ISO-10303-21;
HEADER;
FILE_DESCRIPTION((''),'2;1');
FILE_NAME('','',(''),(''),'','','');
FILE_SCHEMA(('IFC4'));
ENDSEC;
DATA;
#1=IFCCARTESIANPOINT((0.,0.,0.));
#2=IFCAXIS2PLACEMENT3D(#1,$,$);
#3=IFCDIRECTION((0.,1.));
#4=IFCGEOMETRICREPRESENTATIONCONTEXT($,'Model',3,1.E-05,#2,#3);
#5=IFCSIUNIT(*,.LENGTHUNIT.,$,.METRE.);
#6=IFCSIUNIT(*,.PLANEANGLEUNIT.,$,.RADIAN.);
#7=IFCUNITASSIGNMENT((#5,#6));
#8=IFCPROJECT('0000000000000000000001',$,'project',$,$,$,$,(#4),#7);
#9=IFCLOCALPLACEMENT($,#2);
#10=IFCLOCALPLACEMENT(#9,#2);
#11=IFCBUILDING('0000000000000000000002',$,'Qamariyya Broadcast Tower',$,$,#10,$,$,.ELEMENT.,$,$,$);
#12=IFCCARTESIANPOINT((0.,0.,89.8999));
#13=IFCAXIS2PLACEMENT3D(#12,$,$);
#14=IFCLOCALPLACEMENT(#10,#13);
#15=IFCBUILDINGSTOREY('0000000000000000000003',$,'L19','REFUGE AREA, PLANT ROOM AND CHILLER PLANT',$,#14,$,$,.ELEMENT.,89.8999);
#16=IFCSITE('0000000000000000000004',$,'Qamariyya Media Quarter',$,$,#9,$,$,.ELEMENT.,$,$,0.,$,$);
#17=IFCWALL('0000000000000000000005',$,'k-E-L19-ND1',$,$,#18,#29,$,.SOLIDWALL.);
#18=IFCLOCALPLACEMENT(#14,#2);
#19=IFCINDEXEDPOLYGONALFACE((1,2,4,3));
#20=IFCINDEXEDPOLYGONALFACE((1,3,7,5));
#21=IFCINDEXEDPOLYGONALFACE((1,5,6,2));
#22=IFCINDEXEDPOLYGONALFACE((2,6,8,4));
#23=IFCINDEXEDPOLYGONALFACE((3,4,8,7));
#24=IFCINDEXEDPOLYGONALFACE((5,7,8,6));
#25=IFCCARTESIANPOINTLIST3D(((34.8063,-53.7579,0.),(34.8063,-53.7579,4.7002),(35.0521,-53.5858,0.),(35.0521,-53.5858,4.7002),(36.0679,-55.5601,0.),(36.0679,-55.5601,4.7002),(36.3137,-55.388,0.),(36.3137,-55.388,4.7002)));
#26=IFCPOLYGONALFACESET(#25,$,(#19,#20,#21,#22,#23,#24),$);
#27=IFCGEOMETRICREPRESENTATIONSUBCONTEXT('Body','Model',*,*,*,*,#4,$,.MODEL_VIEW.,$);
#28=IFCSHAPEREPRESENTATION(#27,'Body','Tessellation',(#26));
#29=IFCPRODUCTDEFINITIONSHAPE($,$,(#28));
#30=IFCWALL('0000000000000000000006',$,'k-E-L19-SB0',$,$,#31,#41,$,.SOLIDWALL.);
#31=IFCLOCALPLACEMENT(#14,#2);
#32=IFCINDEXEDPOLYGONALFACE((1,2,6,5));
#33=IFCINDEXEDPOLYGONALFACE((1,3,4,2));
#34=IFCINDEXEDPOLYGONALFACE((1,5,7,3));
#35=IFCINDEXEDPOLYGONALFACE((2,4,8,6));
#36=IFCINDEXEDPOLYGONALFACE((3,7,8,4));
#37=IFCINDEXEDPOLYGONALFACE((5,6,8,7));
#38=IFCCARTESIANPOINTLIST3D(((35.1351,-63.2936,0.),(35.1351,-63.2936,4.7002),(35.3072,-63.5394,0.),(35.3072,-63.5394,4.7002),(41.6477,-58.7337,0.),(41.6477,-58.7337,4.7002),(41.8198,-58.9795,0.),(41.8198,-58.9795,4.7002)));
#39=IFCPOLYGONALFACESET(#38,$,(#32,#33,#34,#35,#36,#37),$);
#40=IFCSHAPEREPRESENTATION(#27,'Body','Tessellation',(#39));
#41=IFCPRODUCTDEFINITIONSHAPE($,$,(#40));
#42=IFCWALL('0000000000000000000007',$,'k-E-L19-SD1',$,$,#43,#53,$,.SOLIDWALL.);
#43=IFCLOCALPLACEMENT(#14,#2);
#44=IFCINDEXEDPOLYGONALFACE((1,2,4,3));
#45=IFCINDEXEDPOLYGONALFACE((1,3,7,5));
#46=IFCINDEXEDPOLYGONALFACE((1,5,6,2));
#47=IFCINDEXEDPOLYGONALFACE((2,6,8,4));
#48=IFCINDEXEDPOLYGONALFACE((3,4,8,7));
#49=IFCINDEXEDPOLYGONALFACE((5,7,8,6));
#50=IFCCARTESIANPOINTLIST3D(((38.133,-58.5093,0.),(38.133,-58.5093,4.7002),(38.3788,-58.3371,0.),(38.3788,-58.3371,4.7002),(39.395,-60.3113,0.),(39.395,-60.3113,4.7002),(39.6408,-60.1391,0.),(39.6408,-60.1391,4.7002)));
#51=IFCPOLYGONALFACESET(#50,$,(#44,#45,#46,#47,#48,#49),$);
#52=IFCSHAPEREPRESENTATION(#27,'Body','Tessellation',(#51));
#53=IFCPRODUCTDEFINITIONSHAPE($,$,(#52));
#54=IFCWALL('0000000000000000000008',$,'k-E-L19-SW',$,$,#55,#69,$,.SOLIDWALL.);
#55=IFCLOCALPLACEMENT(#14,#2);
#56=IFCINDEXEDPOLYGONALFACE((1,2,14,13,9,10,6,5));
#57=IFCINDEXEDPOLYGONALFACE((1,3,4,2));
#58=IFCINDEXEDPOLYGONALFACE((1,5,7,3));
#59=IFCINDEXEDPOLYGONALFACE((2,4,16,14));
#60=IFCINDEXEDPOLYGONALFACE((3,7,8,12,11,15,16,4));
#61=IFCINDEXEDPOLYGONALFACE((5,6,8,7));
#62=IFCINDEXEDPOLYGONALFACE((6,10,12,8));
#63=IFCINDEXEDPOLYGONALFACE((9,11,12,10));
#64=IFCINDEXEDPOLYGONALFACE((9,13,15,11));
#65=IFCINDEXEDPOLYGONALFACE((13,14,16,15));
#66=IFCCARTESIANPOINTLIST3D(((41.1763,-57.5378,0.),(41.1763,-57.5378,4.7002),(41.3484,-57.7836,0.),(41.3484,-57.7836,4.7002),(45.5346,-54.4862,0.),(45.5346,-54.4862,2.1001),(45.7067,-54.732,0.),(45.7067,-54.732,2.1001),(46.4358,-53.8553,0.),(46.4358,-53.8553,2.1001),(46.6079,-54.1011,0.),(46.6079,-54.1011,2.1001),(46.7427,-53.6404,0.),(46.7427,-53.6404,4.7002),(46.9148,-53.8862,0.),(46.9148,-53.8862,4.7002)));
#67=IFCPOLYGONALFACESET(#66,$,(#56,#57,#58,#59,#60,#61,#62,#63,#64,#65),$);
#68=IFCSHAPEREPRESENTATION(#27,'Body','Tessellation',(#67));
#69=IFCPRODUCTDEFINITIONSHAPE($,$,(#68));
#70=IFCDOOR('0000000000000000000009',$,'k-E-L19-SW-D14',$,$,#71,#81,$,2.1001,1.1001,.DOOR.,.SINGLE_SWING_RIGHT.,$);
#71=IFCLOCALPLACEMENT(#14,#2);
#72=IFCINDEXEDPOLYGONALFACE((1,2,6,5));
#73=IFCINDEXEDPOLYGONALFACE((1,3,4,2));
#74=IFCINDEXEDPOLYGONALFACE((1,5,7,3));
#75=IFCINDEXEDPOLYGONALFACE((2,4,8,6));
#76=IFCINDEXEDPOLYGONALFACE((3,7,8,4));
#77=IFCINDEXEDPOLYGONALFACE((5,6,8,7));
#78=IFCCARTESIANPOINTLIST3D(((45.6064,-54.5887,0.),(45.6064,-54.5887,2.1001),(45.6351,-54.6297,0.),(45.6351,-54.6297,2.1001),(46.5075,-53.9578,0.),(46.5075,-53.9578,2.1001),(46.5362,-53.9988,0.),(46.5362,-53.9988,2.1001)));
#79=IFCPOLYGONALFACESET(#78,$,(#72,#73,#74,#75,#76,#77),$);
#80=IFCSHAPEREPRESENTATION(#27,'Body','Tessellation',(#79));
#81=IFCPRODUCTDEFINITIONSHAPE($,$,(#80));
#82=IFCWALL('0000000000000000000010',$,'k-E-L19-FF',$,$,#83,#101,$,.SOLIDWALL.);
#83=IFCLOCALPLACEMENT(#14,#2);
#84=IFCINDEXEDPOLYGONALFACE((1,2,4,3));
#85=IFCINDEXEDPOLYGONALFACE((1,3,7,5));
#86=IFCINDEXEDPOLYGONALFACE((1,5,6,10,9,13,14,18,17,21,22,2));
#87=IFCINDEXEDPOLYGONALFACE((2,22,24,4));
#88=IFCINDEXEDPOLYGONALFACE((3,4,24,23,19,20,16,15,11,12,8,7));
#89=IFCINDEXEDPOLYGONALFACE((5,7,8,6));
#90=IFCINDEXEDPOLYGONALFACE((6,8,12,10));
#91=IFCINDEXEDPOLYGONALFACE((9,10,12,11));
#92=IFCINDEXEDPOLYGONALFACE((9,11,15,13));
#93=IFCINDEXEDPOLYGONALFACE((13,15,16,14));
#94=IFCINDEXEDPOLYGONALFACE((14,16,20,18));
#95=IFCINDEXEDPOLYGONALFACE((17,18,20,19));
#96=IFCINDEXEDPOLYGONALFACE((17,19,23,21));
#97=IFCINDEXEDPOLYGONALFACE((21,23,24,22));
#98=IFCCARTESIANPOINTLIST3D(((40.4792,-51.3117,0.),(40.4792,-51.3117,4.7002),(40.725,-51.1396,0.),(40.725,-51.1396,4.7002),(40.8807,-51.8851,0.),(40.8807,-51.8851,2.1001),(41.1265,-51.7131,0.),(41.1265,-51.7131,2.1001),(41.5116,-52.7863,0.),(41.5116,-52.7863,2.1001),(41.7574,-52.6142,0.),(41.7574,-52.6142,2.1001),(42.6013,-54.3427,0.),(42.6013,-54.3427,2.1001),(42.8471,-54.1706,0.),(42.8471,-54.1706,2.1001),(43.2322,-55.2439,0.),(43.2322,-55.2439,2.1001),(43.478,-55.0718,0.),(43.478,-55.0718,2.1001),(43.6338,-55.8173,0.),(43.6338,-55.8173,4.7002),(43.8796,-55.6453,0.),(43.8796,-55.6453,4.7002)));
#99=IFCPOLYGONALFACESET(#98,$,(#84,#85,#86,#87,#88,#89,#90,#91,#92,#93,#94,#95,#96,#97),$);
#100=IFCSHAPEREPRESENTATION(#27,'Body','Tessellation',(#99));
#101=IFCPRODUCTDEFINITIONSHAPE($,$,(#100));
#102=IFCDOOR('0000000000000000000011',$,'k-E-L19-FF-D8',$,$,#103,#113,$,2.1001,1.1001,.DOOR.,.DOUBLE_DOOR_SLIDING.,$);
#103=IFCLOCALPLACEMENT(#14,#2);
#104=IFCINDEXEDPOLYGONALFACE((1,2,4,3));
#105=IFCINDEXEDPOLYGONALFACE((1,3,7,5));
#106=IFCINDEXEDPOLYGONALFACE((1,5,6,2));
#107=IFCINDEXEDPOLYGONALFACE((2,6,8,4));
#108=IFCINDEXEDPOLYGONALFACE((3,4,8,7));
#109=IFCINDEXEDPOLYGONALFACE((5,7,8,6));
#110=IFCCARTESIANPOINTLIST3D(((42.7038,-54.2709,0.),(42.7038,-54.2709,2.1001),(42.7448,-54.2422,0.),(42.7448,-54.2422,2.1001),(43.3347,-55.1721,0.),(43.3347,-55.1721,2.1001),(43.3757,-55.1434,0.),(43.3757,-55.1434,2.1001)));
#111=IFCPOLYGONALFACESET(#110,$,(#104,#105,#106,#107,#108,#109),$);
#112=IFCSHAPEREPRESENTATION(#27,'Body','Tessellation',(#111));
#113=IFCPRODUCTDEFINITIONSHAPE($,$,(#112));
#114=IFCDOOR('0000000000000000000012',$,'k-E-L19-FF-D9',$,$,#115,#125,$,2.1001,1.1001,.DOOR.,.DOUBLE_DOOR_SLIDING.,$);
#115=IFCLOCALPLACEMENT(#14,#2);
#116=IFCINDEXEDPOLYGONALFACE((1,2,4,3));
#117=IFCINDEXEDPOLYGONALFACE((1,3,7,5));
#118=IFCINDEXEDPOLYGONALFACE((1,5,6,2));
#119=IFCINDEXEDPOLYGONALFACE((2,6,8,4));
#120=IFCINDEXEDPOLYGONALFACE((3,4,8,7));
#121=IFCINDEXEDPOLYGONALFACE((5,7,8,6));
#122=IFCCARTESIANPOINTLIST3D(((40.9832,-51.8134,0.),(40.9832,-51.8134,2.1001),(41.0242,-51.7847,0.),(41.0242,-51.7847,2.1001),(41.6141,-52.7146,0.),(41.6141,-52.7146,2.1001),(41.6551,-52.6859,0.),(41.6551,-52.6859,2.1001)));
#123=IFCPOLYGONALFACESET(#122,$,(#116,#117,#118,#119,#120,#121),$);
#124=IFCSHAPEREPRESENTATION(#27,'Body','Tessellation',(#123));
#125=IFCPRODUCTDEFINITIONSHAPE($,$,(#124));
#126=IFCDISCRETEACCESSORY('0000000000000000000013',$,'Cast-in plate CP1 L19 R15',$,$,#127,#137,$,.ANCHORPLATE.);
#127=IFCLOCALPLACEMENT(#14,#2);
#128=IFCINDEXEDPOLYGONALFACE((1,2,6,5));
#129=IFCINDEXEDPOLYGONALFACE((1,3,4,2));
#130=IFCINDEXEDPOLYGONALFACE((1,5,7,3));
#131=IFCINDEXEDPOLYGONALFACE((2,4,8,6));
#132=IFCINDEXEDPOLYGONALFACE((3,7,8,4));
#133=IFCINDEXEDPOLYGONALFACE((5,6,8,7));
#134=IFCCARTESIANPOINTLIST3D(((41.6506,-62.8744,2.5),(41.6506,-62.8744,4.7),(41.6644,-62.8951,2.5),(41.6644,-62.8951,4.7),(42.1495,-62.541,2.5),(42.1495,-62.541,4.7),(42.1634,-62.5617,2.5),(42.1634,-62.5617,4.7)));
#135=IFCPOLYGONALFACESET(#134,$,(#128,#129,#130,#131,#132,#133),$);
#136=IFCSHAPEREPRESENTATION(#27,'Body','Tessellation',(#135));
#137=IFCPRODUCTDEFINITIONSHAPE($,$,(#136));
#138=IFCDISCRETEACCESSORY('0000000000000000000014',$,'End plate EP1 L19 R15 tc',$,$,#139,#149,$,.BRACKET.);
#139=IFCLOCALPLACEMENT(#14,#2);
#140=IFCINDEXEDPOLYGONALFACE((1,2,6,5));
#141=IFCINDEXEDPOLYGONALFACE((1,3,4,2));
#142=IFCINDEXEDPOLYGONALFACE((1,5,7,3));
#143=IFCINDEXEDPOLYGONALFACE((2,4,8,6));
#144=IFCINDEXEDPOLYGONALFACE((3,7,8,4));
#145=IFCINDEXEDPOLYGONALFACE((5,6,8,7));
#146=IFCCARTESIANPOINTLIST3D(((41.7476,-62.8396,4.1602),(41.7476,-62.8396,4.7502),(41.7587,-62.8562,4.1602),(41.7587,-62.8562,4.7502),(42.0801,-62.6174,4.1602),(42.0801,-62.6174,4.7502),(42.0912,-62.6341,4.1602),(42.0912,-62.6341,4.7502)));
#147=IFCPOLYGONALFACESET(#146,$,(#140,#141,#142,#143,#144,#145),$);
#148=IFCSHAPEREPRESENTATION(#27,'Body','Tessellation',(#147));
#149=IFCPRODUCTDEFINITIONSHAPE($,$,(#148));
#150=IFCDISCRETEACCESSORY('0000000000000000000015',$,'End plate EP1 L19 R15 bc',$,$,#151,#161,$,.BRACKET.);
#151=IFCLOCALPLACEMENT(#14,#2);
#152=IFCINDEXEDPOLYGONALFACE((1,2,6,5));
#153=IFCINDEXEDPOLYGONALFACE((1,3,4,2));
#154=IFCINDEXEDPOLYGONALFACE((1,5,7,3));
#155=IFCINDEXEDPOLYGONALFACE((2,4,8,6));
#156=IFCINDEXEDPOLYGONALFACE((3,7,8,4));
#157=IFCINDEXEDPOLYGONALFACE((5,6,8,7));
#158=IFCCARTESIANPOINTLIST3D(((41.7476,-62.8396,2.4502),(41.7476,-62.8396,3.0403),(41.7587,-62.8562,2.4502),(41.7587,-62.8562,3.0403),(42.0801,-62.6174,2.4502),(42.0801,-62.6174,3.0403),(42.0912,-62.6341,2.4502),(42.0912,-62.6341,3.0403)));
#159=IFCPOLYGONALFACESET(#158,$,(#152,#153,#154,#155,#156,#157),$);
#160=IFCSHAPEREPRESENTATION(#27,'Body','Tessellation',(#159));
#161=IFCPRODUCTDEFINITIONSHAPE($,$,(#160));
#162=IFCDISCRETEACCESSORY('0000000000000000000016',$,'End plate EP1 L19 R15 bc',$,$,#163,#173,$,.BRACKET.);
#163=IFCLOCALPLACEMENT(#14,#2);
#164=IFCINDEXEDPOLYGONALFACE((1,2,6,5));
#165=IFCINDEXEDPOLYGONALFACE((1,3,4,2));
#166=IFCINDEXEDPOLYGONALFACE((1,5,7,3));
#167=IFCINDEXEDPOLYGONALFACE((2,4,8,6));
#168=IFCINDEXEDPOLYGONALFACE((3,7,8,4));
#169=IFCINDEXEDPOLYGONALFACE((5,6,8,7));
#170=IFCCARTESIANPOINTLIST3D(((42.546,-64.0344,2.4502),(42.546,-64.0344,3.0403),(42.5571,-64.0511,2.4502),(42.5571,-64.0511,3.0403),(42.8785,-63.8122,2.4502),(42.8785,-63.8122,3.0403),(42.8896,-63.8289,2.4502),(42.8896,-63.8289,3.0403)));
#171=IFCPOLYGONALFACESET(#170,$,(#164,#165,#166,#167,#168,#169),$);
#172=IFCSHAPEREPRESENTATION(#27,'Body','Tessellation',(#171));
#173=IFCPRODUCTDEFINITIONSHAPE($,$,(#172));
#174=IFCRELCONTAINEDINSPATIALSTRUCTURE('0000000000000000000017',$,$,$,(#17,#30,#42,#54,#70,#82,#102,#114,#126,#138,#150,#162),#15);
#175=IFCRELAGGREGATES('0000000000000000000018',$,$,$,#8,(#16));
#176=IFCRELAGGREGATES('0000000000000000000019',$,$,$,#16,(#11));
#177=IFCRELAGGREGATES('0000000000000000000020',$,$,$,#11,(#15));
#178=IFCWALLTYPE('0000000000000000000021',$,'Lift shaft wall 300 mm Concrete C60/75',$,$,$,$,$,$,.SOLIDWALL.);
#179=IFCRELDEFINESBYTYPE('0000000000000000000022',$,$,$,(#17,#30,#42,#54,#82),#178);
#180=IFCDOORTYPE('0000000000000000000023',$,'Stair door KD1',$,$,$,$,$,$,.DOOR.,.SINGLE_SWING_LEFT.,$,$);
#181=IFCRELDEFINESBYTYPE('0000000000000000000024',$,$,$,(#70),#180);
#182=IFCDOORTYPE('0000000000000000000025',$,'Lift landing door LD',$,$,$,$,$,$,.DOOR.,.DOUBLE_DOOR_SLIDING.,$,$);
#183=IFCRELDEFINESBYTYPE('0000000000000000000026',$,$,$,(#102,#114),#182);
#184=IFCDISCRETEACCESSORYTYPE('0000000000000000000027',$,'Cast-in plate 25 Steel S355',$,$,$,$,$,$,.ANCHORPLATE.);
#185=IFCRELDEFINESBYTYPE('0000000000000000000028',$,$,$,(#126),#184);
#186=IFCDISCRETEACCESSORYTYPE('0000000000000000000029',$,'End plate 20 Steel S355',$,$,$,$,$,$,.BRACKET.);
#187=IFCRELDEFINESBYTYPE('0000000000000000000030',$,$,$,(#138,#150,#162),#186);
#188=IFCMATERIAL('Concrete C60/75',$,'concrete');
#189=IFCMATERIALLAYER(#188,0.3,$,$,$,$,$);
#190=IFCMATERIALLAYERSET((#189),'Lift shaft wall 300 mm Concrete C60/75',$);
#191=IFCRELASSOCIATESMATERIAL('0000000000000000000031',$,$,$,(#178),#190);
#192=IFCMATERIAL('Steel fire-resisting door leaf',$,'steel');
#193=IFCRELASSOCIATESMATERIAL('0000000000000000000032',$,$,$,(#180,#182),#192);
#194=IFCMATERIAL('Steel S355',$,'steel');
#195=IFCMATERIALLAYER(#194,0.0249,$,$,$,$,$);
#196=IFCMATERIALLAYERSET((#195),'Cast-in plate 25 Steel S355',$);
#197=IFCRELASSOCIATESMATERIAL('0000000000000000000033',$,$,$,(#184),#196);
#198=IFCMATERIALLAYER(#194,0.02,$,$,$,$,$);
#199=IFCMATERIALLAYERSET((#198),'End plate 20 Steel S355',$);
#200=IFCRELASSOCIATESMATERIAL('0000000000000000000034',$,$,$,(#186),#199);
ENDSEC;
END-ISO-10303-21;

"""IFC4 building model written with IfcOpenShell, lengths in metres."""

from ifc_helpers import new_model, si_unit, direction, frame, frame_2d, origin, origin_2d, place, context, subcontext, project, spatial, rectangle, extrude, material, layer, layer_set, type_object, element, fill, save


model = new_model("IFC4")

# Units and contexts
model_context = context("Model", 3, precision=1e-05, world=origin(), true_north=direction((0.0, 1.0)))
body_context = subcontext(model_context, "Body", "Model", "MODEL_VIEW")
ifc_project = project(units=[si_unit("LENGTHUNIT", "METRE"), si_unit("PLANEANGLEUNIT", "RADIAN")], contexts=[model_context])

# Site, building, storey
site_placement = place(None, origin())
site = spatial("IfcSite", under=ifc_project, at=site_placement, Name="Qamariyya Media Quarter", CompositionType="ELEMENT", RefElevation=0.0)
building_placement = place(site_placement, origin())
building = spatial("IfcBuilding", under=site, at=building_placement, Name="Qamariyya Broadcast Tower", CompositionType="ELEMENT")
storey_placement = place(building_placement, frame((0.0, 0.0, 89.8999)))
storey = spatial("IfcBuildingStorey", under=building, at=storey_placement, Name="L19", Description="REFUGE AREA, PLANT ROOM AND CHILLER PLANT", CompositionType="ELEMENT", Elevation=89.8999)

# Shared definitions
ifc_material_1 = material(Name="Steel S355", Category="steel")

# Walls
ifc_material_2 = material(Name="Concrete C60/75", Category="concrete")
ifc_layer_1 = layer(ifc_material_2, 0.3)
ifc_layer_set_1 = layer_set([ifc_layer_1], Name="Lift shaft wall 300 mm Concrete C60/75")
wall_type = type_object("IfcWallType", Name="Lift shaft wall 300 mm Concrete C60/75", PredefinedType="SOLIDWALL", material=ifc_layer_set_1)
wall_1_placement = place(storey_placement, frame((36.1909, -55.4741, 0.0), z_axis=(0.0, 0.0, 1.0), x_axis=(-0.573507, 0.819201, 0.0)))
element("IfcWall", 1, at=wall_1_placement, inside=storey, type_object=wall_type, Name="k-E-L19-ND1", PredefinedType="SOLIDWALL", context=body_context, shape_type="SweptSolid", body=[
    extrude(rectangle(XDim=2.2, YDim=0.3, at=frame_2d((1.1001, 0.0))), origin(), (0.0, 0.0, 1.0), 4.7002),
])
wall_2_placement = place(storey_placement, frame((35.2212, -63.4165, 0.0), z_axis=(0.0, 0.0, 1.0), x_axis=(0.819167, 0.573555, 0.0)))
element("IfcWall", 2, at=wall_2_placement, inside=storey, type_object=wall_type, Name="k-E-L19-SB0", PredefinedType="SOLIDWALL", context=body_context, shape_type="SweptSolid", body=[
    extrude(rectangle(XDim=7.9502, YDim=0.3, at=frame_2d((3.9751, 0.0))), origin(), (0.0, 0.0, 1.0), 4.7002),
])
wall_3_placement = place(storey_placement, frame((38.2559, -58.4231, 0.0), z_axis=(0.0, 0.0, 1.0), x_axis=(0.573634, -0.819112, 0.0)))
element("IfcWall", 3, at=wall_3_placement, inside=storey, type_object=wall_type, Name="k-E-L19-SD1", PredefinedType="SOLIDWALL", context=body_context, shape_type="SweptSolid", body=[
    extrude(rectangle(XDim=2.2, YDim=0.3, at=frame_2d((1.1001, 0.0))), origin(), (0.0, 0.0, 1.0), 4.7002),
])

# Wall, opening, door
wall_4_placement = place(storey_placement, frame((41.2625, -57.6606, 0.0), z_axis=(0.0, 0.0, 1.0), x_axis=(0.819164, 0.573559, 0.0)))
wall_4 = element("IfcWall", 4, at=wall_4_placement, inside=storey, type_object=wall_type, Name="k-E-L19-SW", PredefinedType="SOLIDWALL", context=body_context, shape_type="SweptSolid", body=[
    extrude(rectangle(XDim=6.7952, YDim=0.3, at=frame_2d((3.3975, 0.0))), origin(), (0.0, 0.0, 1.0), 4.7002),
])
opening_1_placement = place(wall_4_placement, frame((5.3203, 0.0, 0.0)))
opening_1 = element("IfcOpeningElement", 5, at=opening_1_placement, cuts=wall_4, PredefinedType="OPENING", context=body_context, shape_type="SweptSolid", body=[
    extrude(rectangle(XDim=1.1001, YDim=2.1001, at=frame_2d((0.55, 1.05))), frame((0.0, 0.1599, 0.0), z_axis=(0.0, -1.0, 0.0), x_axis=(1.0, 0.0, 0.0)), (0.0, 0.0, 1.0), 0.3201),
])
ifc_material_3 = material(Name="Steel fire-resisting door leaf", Category="steel")
door_type_1 = type_object("IfcDoorType", Name="Stair door KD1", OperationType="SINGLE_SWING_LEFT", PredefinedType="DOOR", material=ifc_material_3)
door_1_placement = place(opening_1_placement, origin())
door_1 = element("IfcDoor", 6, at=door_1_placement, inside=storey, type_object=door_type_1, Name="k-E-L19-SW-D14", OperationType="SINGLE_SWING_RIGHT", OverallHeight=2.1001, OverallWidth=1.1001, PredefinedType="DOOR", context=body_context, shape_type="SweptSolid", body=[
    extrude(rectangle(XDim=1.1001, YDim=2.1001, at=frame_2d((0.55, 1.05))), frame((0.0, 0.0249, 0.0), z_axis=(0.0, -1.0, 0.0), x_axis=(1.0, 0.0, 0.0)), (0.0, 0.0, 1.0), 0.05),
])
fill(opening_1, door_1)

# Wall, openings, doors
wall_5_placement = place(storey_placement, frame((43.7566, -55.7312, 0.0), z_axis=(0.0, 0.0, 1.0), x_axis=(-0.573537, 0.81918, 0.0)))
wall_5 = element("IfcWall", 7, at=wall_5_placement, inside=storey, type_object=wall_type, Name="k-E-L19-FF", PredefinedType="SOLIDWALL", context=body_context, shape_type="SweptSolid", body=[
    extrude(rectangle(XDim=5.5002, YDim=0.3, at=frame_2d((2.75, 0.0))), origin(), (0.0, 0.0, 1.0), 4.7002),
])
opening_2_placement = place(wall_5_placement, frame((0.7, 0.0, 0.0)))
opening_2 = element("IfcOpeningElement", 8, at=opening_2_placement, cuts=wall_5, PredefinedType="OPENING", context=body_context, shape_type="SweptSolid", body=[
    extrude(rectangle(XDim=1.1001, YDim=2.1001, at=frame_2d((0.55, 1.05))), frame((0.0, 0.1599, 0.0), z_axis=(0.0, -1.0, 0.0), x_axis=(1.0, 0.0, 0.0)), (0.0, 0.0, 1.0), 0.3201),
])
opening_3_placement = place(wall_5_placement, frame((3.7, 0.0, 0.0)))
opening_3 = element("IfcOpeningElement", 9, at=opening_3_placement, cuts=wall_5, PredefinedType="OPENING", context=body_context, shape_type="SweptSolid", body=[
    extrude(rectangle(XDim=1.1001, YDim=2.1001, at=frame_2d((0.55, 1.05))), frame((0.0, 0.1599, 0.0), z_axis=(0.0, -1.0, 0.0), x_axis=(1.0, 0.0, 0.0)), (0.0, 0.0, 1.0), 0.3201),
])
door_type_2 = type_object("IfcDoorType", Name="Lift landing door LD", OperationType="DOUBLE_DOOR_SLIDING", PredefinedType="DOOR", material=ifc_material_3)
door_2_placement = place(opening_2_placement, origin())
door_2 = element("IfcDoor", 10, at=door_2_placement, inside=storey, type_object=door_type_2, Name="k-E-L19-FF-D8", OperationType="DOUBLE_DOOR_SLIDING", OverallHeight=2.1001, OverallWidth=1.1001, PredefinedType="DOOR", context=body_context, shape_type="SweptSolid", body=[
    extrude(rectangle(XDim=1.1001, YDim=2.1001, at=frame_2d((0.55, 1.05))), frame((0.0, 0.0249, 0.0), z_axis=(0.0, -1.0, 0.0), x_axis=(1.0, 0.0, 0.0)), (0.0, 0.0, 1.0), 0.05),
])
fill(opening_2, door_2)
door_3_placement = place(opening_3_placement, origin())
door_3 = element("IfcDoor", 11, at=door_3_placement, inside=storey, type_object=door_type_2, Name="k-E-L19-FF-D9", OperationType="DOUBLE_DOOR_SLIDING", OverallHeight=2.1001, OverallWidth=1.1001, PredefinedType="DOOR", context=body_context, shape_type="SweptSolid", body=[
    extrude(rectangle(XDim=1.1001, YDim=2.1001, at=frame_2d((0.55, 1.05))), frame((0.0, 0.0249, 0.0), z_axis=(0.0, -1.0, 0.0), x_axis=(1.0, 0.0, 0.0)), (0.0, 0.0, 1.0), 0.05),
])
fill(opening_3, door_3)

# Discrete accessories
ifc_layer_2 = layer(ifc_material_1, 0.0249)
ifc_layer_set_2 = layer_set([ifc_layer_2], Name="Cast-in plate 25 Steel S355")
discrete_accessory_type_1 = type_object("IfcDiscreteAccessoryType", Name="Cast-in plate 25 Steel S355", PredefinedType="ANCHORPLATE", material=ifc_layer_set_2)
discrete_accessory_placement = place(storey_placement, frame((41.907, -62.718, 2.5), z_axis=(0.0, 0.0, 1.0), x_axis=(-0.83147, -0.55557, 0.0)))
element("IfcDiscreteAccessory", 12, at=discrete_accessory_placement, inside=storey, type_object=discrete_accessory_type_1, Name="Cast-in plate CP1 L19 R15", PredefinedType="ANCHORPLATE", context=body_context, shape_type="SweptSolid", body=[
    extrude(rectangle(XDim=0.6001, YDim=0.0249, at=origin_2d()), origin(), (0.0, 0.0, 1.0), 2.2),
])
ifc_layer_3 = layer(ifc_material_1, 0.02)
ifc_layer_set_3 = layer_set([ifc_layer_3], Name="End plate 20 Steel S355")
discrete_accessory_type_2 = type_object("IfcDiscreteAccessoryType", Name="End plate 20 Steel S355", PredefinedType="BRACKET", material=ifc_layer_set_3)
for number, where, z_axis, x_axis, name in (
    (13, (41.9194, -62.7368, 4.1602), (0.0, 0.0, 1.0), (-0.83147, -0.55557, 0.0), "End plate EP1 L19 R15 tc"),
    (14, (41.9194, -62.7368, 2.4502), (0.0, 0.0, 1.0), (-0.83147, -0.55557, 0.0), "End plate EP1 L19 R15 bc"),
    (15, (42.7178, -63.9316, 2.4502), (0.0, 0.0, 1.0), (-0.83147, -0.55557, 0.0), "End plate EP1 L19 R15 bc"),
):
    element("IfcDiscreteAccessory", number, at=place(storey_placement, frame(where, z_axis=z_axis, x_axis=x_axis)), inside=storey, type_object=discrete_accessory_type_2, Name=name, PredefinedType="BRACKET", context=body_context, shape_type="SweptSolid", body=[
        extrude(rectangle(XDim=0.3999, YDim=0.02, at=origin_2d()), origin(), (0.0, 0.0, 1.0), 0.5901),
    ])

save(model, "model.ifc")
